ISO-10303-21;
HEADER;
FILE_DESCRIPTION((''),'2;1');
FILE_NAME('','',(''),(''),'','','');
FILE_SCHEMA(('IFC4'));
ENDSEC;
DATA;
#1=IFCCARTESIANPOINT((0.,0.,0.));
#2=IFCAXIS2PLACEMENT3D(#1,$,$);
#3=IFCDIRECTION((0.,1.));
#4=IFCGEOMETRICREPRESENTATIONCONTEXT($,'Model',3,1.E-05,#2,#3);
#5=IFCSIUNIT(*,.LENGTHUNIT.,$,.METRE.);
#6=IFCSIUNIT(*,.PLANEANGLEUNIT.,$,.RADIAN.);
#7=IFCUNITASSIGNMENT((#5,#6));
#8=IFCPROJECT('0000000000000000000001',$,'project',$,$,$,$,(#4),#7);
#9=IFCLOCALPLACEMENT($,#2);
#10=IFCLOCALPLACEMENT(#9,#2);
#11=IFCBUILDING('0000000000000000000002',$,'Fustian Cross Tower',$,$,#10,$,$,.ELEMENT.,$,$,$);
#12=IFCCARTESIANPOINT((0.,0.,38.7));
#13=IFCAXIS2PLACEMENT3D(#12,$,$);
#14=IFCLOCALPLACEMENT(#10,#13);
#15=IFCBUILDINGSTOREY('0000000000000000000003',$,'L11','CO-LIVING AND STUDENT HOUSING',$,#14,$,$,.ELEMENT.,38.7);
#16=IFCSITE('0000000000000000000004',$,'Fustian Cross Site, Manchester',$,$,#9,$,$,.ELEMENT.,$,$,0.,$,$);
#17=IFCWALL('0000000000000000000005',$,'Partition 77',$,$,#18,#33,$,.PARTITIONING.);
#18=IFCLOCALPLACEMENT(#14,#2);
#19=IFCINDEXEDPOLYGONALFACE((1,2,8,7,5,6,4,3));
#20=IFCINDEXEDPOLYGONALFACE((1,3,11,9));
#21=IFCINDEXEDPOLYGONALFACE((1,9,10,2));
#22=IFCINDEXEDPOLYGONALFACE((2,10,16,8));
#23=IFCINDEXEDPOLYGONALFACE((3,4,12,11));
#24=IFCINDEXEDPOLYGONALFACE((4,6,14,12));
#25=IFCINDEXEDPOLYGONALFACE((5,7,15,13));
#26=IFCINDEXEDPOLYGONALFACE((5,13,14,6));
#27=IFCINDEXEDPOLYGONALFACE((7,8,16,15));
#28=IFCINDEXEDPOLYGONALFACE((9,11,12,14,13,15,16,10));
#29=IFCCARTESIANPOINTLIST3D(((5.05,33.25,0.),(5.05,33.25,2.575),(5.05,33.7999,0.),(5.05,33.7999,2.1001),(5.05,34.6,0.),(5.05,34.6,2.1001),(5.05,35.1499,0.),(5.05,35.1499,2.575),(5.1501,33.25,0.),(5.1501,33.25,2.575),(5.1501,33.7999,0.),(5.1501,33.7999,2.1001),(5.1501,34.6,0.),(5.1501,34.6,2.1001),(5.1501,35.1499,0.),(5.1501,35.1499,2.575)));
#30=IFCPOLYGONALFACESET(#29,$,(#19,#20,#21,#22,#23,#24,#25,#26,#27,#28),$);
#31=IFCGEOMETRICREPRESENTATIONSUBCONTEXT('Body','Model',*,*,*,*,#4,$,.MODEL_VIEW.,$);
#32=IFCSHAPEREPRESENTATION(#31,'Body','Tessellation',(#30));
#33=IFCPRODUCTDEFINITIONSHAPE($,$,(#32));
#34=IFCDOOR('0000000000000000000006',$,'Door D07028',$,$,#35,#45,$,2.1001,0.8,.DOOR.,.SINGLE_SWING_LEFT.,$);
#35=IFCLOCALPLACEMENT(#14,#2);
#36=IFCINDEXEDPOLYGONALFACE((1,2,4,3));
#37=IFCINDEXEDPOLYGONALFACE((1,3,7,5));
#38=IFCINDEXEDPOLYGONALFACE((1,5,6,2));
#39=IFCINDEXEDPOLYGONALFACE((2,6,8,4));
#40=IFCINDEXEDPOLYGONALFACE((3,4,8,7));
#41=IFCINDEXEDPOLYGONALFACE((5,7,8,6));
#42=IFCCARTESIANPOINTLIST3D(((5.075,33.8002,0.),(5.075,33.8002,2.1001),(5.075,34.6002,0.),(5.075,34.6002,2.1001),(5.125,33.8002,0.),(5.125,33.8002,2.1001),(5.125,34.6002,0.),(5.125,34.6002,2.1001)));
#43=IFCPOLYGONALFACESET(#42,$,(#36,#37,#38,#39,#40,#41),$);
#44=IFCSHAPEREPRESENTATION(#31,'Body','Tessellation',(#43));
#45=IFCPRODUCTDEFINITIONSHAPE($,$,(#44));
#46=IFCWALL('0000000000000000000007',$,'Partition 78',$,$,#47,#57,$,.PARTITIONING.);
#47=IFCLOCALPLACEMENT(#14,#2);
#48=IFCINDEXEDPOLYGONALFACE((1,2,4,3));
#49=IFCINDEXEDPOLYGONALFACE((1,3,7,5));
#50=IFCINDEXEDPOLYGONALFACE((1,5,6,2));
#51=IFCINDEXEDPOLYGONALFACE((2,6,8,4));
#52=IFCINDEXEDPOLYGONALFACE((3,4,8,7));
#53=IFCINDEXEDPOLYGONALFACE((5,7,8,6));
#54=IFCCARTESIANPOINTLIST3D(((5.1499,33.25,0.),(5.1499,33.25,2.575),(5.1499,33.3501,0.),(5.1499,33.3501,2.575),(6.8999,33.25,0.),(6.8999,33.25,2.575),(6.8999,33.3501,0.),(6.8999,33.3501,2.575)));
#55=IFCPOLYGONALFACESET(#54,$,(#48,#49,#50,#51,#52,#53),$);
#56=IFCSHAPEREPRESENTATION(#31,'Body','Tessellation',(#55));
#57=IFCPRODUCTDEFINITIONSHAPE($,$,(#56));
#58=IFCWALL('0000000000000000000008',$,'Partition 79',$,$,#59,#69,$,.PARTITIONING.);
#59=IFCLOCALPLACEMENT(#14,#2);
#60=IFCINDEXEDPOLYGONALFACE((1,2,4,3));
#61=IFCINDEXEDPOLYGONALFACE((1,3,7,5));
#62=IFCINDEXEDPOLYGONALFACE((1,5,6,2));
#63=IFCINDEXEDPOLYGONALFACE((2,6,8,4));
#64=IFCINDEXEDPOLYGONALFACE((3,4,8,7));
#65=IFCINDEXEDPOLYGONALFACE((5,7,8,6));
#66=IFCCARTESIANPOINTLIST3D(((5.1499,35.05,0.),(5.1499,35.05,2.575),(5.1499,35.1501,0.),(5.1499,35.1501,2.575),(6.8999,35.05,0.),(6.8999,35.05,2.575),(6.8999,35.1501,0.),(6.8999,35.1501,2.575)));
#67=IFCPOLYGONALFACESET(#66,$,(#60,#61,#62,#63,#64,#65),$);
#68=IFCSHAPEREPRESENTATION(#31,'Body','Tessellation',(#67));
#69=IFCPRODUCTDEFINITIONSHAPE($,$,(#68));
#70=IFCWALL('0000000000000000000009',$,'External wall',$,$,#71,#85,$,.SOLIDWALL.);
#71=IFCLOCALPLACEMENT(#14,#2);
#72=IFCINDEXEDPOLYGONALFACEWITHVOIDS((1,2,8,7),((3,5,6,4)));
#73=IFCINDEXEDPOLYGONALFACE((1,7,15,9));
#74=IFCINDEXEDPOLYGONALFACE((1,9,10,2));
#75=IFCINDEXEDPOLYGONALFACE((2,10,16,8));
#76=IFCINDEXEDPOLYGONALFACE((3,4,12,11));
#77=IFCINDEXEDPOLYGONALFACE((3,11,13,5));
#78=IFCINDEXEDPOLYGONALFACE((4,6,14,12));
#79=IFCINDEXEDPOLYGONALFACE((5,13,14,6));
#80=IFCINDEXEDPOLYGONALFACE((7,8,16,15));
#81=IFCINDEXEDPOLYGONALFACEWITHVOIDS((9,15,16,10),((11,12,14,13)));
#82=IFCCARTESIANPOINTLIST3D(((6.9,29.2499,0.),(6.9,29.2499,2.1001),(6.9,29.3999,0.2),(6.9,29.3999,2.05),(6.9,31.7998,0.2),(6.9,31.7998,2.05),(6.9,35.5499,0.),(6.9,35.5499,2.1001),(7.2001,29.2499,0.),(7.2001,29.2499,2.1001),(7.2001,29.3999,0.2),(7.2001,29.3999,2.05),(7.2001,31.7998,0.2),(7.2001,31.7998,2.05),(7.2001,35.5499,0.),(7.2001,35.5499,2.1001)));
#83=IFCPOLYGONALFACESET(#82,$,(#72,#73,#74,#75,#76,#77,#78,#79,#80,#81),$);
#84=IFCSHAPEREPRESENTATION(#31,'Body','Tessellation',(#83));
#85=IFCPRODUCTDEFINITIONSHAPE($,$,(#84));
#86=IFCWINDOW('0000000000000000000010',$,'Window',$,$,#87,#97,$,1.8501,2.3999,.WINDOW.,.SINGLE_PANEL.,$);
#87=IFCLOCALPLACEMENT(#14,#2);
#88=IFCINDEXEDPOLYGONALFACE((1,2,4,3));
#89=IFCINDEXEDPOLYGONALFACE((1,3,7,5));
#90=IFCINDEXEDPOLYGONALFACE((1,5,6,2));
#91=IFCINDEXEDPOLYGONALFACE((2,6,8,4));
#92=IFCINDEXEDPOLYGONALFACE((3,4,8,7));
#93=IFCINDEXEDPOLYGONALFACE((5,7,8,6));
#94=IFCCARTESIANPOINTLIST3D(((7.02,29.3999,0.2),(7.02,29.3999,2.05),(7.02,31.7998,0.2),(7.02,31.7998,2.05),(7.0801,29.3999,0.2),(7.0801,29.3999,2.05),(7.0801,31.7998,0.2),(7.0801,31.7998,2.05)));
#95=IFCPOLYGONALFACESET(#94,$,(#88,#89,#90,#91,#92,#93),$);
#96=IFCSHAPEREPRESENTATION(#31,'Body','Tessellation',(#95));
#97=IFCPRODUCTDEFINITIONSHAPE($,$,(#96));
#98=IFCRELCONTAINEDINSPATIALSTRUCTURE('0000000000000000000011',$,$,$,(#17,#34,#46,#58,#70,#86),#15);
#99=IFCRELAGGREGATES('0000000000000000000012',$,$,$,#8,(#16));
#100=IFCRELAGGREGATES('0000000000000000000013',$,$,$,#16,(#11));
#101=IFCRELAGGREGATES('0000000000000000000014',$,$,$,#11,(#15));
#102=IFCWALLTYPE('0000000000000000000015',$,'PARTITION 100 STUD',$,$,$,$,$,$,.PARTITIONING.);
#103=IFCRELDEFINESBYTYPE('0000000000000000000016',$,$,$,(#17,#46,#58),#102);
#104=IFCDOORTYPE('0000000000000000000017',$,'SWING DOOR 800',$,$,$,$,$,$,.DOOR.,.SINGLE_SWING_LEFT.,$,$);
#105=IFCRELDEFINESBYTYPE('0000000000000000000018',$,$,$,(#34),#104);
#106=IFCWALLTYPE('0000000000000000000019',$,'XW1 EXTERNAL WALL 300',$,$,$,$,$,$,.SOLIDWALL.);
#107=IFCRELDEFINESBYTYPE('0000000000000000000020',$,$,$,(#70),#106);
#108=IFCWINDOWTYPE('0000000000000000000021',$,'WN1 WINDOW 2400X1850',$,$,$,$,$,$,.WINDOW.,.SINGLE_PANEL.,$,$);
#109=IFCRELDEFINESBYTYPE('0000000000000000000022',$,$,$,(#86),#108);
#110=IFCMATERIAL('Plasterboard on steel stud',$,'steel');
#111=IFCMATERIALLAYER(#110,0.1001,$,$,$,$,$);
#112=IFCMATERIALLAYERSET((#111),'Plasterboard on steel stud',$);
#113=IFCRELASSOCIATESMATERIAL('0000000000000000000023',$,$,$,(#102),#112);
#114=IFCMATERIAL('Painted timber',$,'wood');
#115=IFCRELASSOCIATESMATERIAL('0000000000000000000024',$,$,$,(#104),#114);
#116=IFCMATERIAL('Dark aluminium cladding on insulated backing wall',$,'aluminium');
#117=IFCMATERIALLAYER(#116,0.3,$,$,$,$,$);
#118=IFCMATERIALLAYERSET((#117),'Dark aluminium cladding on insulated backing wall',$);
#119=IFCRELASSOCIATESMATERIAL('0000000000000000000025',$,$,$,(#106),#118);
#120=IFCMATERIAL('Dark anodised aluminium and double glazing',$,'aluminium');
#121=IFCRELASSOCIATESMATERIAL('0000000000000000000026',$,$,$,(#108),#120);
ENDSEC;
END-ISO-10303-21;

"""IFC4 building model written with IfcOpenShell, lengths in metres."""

from ifc_helpers import new_model, si_unit, direction, frame, frame_2d, origin, place, context, subcontext, project, spatial, rectangle, extrude, material, layer, layer_set, type_object, element, fill, save


model = new_model("IFC4")

# Units and contexts
model_context = context("Model", 3, precision=1e-05, world=origin(), true_north=direction((0.0, 1.0)))
body_context = subcontext(model_context, "Body", "Model", "MODEL_VIEW")
ifc_project = project(units=[si_unit("LENGTHUNIT", "METRE"), si_unit("PLANEANGLEUNIT", "RADIAN")], contexts=[model_context])

# Site, building, storey
site_placement = place(None, origin())
site = spatial("IfcSite", under=ifc_project, at=site_placement, Name="Fustian Cross Site, Manchester", CompositionType="ELEMENT", RefElevation=0.0)
building_placement = place(site_placement, origin())
building = spatial("IfcBuilding", under=site, at=building_placement, Name="Fustian Cross Tower", CompositionType="ELEMENT")
storey_placement = place(building_placement, frame((0.0, 0.0, 38.7)))
storey = spatial("IfcBuildingStorey", under=building, at=storey_placement, Name="L11", Description="CO-LIVING AND STUDENT HOUSING", CompositionType="ELEMENT", Elevation=38.7)

# Shared definitions
ifc_material_1 = material(Name="Plasterboard on steel stud", Category="steel")
ifc_layer_1 = layer(ifc_material_1, 0.1001)
ifc_layer_set_1 = layer_set([ifc_layer_1], Name="Plasterboard on steel stud")
wall_type_1 = type_object("IfcWallType", Name="PARTITION 100 STUD", PredefinedType="PARTITIONING", material=ifc_layer_set_1)

# Shared definitions
ifc_material_2 = material(Name="Painted timber", Category="wood")
door_type_1 = type_object("IfcDoorType", Name="SWING DOOR 800", OperationType="SINGLE_SWING_LEFT", PredefinedType="DOOR", material=ifc_material_2)

# Wall, opening, door
wall_1_placement = place(storey_placement, frame((5.1001, 33.25, 0.0), z_axis=(0.0, 0.0, 1.0), x_axis=(0.0, 1.0, 0.0)))
wall_1 = element("IfcWall", 1, at=wall_1_placement, inside=storey, type_object=wall_type_1, Name="Partition 77", PredefinedType="PARTITIONING", context=body_context, shape_type="SweptSolid", body=[
    extrude(rectangle(XDim=1.8999, YDim=0.1001, at=frame_2d((0.95, 0.0))), origin(), (0.0, 0.0, 1.0), 2.575),
])
opening_1_placement = place(wall_1_placement, frame((0.55, 0.0, 0.0)))
opening_1 = element("IfcOpeningElement", 2, at=opening_1_placement, cuts=wall_1, PredefinedType="OPENING", context=body_context, shape_type="SweptSolid", body=[
    extrude(rectangle(XDim=0.8, YDim=2.1001, at=frame_2d((0.3999, 1.05))), frame((0.0, 0.0601, 0.0), z_axis=(0.0, -1.0, 0.0), x_axis=(1.0, 0.0, 0.0)), (0.0, 0.0, 1.0), 0.1201),
])
door_1_placement = place(opening_1_placement, frame((0.8, 0.0, 0.0), z_axis=(0.0, 0.0, 1.0), x_axis=(-1.0, 0.0, 0.0)))
door_1 = element("IfcDoor", 3, at=door_1_placement, inside=storey, type_object=door_type_1, Name="Door D07028", OperationType="SINGLE_SWING_LEFT", OverallHeight=2.1001, OverallWidth=0.8, PredefinedType="DOOR", context=body_context, shape_type="SweptSolid", body=[
    extrude(rectangle(XDim=0.8, YDim=2.1001, at=frame_2d((0.3999, 1.05))), frame((0.0, 0.0249, 0.0), z_axis=(0.0, -1.0, 0.0), x_axis=(1.0, 0.0, 0.0)), (0.0, 0.0, 1.0), 0.05),
])
fill(opening_1, door_1)

# Walls
for number, where, z_axis, x_axis, name in (
    (4, (5.1499, 33.3, 0.0), (0.0, 0.0, 1.0), (1.0, 0.0, 0.0), "Partition 78"),
    (5, (5.1499, 35.1001, 0.0), (0.0, 0.0, 1.0), (1.0, 0.0, 0.0), "Partition 79"),
):
    element("IfcWall", number, at=place(storey_placement, frame(where, z_axis=z_axis, x_axis=x_axis)), inside=storey, type_object=wall_type_1, Name=name, PredefinedType="PARTITIONING", context=body_context, shape_type="SweptSolid", body=[
        extrude(rectangle(XDim=1.75, YDim=0.1001, at=frame_2d((0.875, 0.0))), origin(), (0.0, 0.0, 1.0), 2.575),
    ])

# Wall, opening, window
ifc_material_3 = material(Name="Dark aluminium cladding on insulated backing wall", Category="aluminium")
ifc_layer_2 = layer(ifc_material_3, 0.3)
ifc_layer_set_2 = layer_set([ifc_layer_2], Name="Dark aluminium cladding on insulated backing wall")
wall_type_2 = type_object("IfcWallType", Name="XW1 EXTERNAL WALL 300", PredefinedType="SOLIDWALL", material=ifc_layer_set_2)
wall_2_placement = place(storey_placement, frame((7.05, 29.25, 0.0), z_axis=(0.0, 0.0, 1.0), x_axis=(0.0, 1.0, 0.0)))
wall_2 = element("IfcWall", 6, at=wall_2_placement, inside=storey, type_object=wall_type_2, Name="External wall", PredefinedType="SOLIDWALL", context=body_context, shape_type="SweptSolid", body=[
    extrude(rectangle(XDim=6.3, YDim=0.3, at=frame_2d((3.1499, 0.0))), origin(), (0.0, 0.0, 1.0), 2.1001),
])
opening_2_placement = place(wall_2_placement, frame((0.1499, 0.0, 0.2)))
opening_2 = element("IfcOpeningElement", 7, at=opening_2_placement, cuts=wall_2, PredefinedType="OPENING", context=body_context, shape_type="SweptSolid", body=[
    extrude(rectangle(XDim=2.3999, YDim=1.8501, at=frame_2d((1.2, 0.925))), frame((0.0, 0.1599, 0.0), z_axis=(0.0, -1.0, 0.0), x_axis=(1.0, 0.0, 0.0)), (0.0, 0.0, 1.0), 0.3201),
])
ifc_material_4 = material(Name="Dark anodised aluminium and double glazing", Category="aluminium")
window_type = type_object("IfcWindowType", Name="WN1 WINDOW 2400X1850", PartitioningType="SINGLE_PANEL", PredefinedType="WINDOW", material=ifc_material_4)
window_placement = place(opening_2_placement, origin())
window = element("IfcWindow", 8, at=window_placement, inside=storey, type_object=window_type, Name="Window", OverallHeight=1.8501, OverallWidth=2.3999, PartitioningType="SINGLE_PANEL", PredefinedType="WINDOW", context=body_context, shape_type="SweptSolid", body=[
    extrude(rectangle(XDim=2.3999, YDim=1.8501, at=frame_2d((1.2, 0.925))), frame((0.0, 0.03, 0.0), z_axis=(0.0, -1.0, 0.0), x_axis=(1.0, 0.0, 0.0)), (0.0, 0.0, 1.0), 0.0601),
])
fill(opening_2, window)

save(model, "model.ifc")
